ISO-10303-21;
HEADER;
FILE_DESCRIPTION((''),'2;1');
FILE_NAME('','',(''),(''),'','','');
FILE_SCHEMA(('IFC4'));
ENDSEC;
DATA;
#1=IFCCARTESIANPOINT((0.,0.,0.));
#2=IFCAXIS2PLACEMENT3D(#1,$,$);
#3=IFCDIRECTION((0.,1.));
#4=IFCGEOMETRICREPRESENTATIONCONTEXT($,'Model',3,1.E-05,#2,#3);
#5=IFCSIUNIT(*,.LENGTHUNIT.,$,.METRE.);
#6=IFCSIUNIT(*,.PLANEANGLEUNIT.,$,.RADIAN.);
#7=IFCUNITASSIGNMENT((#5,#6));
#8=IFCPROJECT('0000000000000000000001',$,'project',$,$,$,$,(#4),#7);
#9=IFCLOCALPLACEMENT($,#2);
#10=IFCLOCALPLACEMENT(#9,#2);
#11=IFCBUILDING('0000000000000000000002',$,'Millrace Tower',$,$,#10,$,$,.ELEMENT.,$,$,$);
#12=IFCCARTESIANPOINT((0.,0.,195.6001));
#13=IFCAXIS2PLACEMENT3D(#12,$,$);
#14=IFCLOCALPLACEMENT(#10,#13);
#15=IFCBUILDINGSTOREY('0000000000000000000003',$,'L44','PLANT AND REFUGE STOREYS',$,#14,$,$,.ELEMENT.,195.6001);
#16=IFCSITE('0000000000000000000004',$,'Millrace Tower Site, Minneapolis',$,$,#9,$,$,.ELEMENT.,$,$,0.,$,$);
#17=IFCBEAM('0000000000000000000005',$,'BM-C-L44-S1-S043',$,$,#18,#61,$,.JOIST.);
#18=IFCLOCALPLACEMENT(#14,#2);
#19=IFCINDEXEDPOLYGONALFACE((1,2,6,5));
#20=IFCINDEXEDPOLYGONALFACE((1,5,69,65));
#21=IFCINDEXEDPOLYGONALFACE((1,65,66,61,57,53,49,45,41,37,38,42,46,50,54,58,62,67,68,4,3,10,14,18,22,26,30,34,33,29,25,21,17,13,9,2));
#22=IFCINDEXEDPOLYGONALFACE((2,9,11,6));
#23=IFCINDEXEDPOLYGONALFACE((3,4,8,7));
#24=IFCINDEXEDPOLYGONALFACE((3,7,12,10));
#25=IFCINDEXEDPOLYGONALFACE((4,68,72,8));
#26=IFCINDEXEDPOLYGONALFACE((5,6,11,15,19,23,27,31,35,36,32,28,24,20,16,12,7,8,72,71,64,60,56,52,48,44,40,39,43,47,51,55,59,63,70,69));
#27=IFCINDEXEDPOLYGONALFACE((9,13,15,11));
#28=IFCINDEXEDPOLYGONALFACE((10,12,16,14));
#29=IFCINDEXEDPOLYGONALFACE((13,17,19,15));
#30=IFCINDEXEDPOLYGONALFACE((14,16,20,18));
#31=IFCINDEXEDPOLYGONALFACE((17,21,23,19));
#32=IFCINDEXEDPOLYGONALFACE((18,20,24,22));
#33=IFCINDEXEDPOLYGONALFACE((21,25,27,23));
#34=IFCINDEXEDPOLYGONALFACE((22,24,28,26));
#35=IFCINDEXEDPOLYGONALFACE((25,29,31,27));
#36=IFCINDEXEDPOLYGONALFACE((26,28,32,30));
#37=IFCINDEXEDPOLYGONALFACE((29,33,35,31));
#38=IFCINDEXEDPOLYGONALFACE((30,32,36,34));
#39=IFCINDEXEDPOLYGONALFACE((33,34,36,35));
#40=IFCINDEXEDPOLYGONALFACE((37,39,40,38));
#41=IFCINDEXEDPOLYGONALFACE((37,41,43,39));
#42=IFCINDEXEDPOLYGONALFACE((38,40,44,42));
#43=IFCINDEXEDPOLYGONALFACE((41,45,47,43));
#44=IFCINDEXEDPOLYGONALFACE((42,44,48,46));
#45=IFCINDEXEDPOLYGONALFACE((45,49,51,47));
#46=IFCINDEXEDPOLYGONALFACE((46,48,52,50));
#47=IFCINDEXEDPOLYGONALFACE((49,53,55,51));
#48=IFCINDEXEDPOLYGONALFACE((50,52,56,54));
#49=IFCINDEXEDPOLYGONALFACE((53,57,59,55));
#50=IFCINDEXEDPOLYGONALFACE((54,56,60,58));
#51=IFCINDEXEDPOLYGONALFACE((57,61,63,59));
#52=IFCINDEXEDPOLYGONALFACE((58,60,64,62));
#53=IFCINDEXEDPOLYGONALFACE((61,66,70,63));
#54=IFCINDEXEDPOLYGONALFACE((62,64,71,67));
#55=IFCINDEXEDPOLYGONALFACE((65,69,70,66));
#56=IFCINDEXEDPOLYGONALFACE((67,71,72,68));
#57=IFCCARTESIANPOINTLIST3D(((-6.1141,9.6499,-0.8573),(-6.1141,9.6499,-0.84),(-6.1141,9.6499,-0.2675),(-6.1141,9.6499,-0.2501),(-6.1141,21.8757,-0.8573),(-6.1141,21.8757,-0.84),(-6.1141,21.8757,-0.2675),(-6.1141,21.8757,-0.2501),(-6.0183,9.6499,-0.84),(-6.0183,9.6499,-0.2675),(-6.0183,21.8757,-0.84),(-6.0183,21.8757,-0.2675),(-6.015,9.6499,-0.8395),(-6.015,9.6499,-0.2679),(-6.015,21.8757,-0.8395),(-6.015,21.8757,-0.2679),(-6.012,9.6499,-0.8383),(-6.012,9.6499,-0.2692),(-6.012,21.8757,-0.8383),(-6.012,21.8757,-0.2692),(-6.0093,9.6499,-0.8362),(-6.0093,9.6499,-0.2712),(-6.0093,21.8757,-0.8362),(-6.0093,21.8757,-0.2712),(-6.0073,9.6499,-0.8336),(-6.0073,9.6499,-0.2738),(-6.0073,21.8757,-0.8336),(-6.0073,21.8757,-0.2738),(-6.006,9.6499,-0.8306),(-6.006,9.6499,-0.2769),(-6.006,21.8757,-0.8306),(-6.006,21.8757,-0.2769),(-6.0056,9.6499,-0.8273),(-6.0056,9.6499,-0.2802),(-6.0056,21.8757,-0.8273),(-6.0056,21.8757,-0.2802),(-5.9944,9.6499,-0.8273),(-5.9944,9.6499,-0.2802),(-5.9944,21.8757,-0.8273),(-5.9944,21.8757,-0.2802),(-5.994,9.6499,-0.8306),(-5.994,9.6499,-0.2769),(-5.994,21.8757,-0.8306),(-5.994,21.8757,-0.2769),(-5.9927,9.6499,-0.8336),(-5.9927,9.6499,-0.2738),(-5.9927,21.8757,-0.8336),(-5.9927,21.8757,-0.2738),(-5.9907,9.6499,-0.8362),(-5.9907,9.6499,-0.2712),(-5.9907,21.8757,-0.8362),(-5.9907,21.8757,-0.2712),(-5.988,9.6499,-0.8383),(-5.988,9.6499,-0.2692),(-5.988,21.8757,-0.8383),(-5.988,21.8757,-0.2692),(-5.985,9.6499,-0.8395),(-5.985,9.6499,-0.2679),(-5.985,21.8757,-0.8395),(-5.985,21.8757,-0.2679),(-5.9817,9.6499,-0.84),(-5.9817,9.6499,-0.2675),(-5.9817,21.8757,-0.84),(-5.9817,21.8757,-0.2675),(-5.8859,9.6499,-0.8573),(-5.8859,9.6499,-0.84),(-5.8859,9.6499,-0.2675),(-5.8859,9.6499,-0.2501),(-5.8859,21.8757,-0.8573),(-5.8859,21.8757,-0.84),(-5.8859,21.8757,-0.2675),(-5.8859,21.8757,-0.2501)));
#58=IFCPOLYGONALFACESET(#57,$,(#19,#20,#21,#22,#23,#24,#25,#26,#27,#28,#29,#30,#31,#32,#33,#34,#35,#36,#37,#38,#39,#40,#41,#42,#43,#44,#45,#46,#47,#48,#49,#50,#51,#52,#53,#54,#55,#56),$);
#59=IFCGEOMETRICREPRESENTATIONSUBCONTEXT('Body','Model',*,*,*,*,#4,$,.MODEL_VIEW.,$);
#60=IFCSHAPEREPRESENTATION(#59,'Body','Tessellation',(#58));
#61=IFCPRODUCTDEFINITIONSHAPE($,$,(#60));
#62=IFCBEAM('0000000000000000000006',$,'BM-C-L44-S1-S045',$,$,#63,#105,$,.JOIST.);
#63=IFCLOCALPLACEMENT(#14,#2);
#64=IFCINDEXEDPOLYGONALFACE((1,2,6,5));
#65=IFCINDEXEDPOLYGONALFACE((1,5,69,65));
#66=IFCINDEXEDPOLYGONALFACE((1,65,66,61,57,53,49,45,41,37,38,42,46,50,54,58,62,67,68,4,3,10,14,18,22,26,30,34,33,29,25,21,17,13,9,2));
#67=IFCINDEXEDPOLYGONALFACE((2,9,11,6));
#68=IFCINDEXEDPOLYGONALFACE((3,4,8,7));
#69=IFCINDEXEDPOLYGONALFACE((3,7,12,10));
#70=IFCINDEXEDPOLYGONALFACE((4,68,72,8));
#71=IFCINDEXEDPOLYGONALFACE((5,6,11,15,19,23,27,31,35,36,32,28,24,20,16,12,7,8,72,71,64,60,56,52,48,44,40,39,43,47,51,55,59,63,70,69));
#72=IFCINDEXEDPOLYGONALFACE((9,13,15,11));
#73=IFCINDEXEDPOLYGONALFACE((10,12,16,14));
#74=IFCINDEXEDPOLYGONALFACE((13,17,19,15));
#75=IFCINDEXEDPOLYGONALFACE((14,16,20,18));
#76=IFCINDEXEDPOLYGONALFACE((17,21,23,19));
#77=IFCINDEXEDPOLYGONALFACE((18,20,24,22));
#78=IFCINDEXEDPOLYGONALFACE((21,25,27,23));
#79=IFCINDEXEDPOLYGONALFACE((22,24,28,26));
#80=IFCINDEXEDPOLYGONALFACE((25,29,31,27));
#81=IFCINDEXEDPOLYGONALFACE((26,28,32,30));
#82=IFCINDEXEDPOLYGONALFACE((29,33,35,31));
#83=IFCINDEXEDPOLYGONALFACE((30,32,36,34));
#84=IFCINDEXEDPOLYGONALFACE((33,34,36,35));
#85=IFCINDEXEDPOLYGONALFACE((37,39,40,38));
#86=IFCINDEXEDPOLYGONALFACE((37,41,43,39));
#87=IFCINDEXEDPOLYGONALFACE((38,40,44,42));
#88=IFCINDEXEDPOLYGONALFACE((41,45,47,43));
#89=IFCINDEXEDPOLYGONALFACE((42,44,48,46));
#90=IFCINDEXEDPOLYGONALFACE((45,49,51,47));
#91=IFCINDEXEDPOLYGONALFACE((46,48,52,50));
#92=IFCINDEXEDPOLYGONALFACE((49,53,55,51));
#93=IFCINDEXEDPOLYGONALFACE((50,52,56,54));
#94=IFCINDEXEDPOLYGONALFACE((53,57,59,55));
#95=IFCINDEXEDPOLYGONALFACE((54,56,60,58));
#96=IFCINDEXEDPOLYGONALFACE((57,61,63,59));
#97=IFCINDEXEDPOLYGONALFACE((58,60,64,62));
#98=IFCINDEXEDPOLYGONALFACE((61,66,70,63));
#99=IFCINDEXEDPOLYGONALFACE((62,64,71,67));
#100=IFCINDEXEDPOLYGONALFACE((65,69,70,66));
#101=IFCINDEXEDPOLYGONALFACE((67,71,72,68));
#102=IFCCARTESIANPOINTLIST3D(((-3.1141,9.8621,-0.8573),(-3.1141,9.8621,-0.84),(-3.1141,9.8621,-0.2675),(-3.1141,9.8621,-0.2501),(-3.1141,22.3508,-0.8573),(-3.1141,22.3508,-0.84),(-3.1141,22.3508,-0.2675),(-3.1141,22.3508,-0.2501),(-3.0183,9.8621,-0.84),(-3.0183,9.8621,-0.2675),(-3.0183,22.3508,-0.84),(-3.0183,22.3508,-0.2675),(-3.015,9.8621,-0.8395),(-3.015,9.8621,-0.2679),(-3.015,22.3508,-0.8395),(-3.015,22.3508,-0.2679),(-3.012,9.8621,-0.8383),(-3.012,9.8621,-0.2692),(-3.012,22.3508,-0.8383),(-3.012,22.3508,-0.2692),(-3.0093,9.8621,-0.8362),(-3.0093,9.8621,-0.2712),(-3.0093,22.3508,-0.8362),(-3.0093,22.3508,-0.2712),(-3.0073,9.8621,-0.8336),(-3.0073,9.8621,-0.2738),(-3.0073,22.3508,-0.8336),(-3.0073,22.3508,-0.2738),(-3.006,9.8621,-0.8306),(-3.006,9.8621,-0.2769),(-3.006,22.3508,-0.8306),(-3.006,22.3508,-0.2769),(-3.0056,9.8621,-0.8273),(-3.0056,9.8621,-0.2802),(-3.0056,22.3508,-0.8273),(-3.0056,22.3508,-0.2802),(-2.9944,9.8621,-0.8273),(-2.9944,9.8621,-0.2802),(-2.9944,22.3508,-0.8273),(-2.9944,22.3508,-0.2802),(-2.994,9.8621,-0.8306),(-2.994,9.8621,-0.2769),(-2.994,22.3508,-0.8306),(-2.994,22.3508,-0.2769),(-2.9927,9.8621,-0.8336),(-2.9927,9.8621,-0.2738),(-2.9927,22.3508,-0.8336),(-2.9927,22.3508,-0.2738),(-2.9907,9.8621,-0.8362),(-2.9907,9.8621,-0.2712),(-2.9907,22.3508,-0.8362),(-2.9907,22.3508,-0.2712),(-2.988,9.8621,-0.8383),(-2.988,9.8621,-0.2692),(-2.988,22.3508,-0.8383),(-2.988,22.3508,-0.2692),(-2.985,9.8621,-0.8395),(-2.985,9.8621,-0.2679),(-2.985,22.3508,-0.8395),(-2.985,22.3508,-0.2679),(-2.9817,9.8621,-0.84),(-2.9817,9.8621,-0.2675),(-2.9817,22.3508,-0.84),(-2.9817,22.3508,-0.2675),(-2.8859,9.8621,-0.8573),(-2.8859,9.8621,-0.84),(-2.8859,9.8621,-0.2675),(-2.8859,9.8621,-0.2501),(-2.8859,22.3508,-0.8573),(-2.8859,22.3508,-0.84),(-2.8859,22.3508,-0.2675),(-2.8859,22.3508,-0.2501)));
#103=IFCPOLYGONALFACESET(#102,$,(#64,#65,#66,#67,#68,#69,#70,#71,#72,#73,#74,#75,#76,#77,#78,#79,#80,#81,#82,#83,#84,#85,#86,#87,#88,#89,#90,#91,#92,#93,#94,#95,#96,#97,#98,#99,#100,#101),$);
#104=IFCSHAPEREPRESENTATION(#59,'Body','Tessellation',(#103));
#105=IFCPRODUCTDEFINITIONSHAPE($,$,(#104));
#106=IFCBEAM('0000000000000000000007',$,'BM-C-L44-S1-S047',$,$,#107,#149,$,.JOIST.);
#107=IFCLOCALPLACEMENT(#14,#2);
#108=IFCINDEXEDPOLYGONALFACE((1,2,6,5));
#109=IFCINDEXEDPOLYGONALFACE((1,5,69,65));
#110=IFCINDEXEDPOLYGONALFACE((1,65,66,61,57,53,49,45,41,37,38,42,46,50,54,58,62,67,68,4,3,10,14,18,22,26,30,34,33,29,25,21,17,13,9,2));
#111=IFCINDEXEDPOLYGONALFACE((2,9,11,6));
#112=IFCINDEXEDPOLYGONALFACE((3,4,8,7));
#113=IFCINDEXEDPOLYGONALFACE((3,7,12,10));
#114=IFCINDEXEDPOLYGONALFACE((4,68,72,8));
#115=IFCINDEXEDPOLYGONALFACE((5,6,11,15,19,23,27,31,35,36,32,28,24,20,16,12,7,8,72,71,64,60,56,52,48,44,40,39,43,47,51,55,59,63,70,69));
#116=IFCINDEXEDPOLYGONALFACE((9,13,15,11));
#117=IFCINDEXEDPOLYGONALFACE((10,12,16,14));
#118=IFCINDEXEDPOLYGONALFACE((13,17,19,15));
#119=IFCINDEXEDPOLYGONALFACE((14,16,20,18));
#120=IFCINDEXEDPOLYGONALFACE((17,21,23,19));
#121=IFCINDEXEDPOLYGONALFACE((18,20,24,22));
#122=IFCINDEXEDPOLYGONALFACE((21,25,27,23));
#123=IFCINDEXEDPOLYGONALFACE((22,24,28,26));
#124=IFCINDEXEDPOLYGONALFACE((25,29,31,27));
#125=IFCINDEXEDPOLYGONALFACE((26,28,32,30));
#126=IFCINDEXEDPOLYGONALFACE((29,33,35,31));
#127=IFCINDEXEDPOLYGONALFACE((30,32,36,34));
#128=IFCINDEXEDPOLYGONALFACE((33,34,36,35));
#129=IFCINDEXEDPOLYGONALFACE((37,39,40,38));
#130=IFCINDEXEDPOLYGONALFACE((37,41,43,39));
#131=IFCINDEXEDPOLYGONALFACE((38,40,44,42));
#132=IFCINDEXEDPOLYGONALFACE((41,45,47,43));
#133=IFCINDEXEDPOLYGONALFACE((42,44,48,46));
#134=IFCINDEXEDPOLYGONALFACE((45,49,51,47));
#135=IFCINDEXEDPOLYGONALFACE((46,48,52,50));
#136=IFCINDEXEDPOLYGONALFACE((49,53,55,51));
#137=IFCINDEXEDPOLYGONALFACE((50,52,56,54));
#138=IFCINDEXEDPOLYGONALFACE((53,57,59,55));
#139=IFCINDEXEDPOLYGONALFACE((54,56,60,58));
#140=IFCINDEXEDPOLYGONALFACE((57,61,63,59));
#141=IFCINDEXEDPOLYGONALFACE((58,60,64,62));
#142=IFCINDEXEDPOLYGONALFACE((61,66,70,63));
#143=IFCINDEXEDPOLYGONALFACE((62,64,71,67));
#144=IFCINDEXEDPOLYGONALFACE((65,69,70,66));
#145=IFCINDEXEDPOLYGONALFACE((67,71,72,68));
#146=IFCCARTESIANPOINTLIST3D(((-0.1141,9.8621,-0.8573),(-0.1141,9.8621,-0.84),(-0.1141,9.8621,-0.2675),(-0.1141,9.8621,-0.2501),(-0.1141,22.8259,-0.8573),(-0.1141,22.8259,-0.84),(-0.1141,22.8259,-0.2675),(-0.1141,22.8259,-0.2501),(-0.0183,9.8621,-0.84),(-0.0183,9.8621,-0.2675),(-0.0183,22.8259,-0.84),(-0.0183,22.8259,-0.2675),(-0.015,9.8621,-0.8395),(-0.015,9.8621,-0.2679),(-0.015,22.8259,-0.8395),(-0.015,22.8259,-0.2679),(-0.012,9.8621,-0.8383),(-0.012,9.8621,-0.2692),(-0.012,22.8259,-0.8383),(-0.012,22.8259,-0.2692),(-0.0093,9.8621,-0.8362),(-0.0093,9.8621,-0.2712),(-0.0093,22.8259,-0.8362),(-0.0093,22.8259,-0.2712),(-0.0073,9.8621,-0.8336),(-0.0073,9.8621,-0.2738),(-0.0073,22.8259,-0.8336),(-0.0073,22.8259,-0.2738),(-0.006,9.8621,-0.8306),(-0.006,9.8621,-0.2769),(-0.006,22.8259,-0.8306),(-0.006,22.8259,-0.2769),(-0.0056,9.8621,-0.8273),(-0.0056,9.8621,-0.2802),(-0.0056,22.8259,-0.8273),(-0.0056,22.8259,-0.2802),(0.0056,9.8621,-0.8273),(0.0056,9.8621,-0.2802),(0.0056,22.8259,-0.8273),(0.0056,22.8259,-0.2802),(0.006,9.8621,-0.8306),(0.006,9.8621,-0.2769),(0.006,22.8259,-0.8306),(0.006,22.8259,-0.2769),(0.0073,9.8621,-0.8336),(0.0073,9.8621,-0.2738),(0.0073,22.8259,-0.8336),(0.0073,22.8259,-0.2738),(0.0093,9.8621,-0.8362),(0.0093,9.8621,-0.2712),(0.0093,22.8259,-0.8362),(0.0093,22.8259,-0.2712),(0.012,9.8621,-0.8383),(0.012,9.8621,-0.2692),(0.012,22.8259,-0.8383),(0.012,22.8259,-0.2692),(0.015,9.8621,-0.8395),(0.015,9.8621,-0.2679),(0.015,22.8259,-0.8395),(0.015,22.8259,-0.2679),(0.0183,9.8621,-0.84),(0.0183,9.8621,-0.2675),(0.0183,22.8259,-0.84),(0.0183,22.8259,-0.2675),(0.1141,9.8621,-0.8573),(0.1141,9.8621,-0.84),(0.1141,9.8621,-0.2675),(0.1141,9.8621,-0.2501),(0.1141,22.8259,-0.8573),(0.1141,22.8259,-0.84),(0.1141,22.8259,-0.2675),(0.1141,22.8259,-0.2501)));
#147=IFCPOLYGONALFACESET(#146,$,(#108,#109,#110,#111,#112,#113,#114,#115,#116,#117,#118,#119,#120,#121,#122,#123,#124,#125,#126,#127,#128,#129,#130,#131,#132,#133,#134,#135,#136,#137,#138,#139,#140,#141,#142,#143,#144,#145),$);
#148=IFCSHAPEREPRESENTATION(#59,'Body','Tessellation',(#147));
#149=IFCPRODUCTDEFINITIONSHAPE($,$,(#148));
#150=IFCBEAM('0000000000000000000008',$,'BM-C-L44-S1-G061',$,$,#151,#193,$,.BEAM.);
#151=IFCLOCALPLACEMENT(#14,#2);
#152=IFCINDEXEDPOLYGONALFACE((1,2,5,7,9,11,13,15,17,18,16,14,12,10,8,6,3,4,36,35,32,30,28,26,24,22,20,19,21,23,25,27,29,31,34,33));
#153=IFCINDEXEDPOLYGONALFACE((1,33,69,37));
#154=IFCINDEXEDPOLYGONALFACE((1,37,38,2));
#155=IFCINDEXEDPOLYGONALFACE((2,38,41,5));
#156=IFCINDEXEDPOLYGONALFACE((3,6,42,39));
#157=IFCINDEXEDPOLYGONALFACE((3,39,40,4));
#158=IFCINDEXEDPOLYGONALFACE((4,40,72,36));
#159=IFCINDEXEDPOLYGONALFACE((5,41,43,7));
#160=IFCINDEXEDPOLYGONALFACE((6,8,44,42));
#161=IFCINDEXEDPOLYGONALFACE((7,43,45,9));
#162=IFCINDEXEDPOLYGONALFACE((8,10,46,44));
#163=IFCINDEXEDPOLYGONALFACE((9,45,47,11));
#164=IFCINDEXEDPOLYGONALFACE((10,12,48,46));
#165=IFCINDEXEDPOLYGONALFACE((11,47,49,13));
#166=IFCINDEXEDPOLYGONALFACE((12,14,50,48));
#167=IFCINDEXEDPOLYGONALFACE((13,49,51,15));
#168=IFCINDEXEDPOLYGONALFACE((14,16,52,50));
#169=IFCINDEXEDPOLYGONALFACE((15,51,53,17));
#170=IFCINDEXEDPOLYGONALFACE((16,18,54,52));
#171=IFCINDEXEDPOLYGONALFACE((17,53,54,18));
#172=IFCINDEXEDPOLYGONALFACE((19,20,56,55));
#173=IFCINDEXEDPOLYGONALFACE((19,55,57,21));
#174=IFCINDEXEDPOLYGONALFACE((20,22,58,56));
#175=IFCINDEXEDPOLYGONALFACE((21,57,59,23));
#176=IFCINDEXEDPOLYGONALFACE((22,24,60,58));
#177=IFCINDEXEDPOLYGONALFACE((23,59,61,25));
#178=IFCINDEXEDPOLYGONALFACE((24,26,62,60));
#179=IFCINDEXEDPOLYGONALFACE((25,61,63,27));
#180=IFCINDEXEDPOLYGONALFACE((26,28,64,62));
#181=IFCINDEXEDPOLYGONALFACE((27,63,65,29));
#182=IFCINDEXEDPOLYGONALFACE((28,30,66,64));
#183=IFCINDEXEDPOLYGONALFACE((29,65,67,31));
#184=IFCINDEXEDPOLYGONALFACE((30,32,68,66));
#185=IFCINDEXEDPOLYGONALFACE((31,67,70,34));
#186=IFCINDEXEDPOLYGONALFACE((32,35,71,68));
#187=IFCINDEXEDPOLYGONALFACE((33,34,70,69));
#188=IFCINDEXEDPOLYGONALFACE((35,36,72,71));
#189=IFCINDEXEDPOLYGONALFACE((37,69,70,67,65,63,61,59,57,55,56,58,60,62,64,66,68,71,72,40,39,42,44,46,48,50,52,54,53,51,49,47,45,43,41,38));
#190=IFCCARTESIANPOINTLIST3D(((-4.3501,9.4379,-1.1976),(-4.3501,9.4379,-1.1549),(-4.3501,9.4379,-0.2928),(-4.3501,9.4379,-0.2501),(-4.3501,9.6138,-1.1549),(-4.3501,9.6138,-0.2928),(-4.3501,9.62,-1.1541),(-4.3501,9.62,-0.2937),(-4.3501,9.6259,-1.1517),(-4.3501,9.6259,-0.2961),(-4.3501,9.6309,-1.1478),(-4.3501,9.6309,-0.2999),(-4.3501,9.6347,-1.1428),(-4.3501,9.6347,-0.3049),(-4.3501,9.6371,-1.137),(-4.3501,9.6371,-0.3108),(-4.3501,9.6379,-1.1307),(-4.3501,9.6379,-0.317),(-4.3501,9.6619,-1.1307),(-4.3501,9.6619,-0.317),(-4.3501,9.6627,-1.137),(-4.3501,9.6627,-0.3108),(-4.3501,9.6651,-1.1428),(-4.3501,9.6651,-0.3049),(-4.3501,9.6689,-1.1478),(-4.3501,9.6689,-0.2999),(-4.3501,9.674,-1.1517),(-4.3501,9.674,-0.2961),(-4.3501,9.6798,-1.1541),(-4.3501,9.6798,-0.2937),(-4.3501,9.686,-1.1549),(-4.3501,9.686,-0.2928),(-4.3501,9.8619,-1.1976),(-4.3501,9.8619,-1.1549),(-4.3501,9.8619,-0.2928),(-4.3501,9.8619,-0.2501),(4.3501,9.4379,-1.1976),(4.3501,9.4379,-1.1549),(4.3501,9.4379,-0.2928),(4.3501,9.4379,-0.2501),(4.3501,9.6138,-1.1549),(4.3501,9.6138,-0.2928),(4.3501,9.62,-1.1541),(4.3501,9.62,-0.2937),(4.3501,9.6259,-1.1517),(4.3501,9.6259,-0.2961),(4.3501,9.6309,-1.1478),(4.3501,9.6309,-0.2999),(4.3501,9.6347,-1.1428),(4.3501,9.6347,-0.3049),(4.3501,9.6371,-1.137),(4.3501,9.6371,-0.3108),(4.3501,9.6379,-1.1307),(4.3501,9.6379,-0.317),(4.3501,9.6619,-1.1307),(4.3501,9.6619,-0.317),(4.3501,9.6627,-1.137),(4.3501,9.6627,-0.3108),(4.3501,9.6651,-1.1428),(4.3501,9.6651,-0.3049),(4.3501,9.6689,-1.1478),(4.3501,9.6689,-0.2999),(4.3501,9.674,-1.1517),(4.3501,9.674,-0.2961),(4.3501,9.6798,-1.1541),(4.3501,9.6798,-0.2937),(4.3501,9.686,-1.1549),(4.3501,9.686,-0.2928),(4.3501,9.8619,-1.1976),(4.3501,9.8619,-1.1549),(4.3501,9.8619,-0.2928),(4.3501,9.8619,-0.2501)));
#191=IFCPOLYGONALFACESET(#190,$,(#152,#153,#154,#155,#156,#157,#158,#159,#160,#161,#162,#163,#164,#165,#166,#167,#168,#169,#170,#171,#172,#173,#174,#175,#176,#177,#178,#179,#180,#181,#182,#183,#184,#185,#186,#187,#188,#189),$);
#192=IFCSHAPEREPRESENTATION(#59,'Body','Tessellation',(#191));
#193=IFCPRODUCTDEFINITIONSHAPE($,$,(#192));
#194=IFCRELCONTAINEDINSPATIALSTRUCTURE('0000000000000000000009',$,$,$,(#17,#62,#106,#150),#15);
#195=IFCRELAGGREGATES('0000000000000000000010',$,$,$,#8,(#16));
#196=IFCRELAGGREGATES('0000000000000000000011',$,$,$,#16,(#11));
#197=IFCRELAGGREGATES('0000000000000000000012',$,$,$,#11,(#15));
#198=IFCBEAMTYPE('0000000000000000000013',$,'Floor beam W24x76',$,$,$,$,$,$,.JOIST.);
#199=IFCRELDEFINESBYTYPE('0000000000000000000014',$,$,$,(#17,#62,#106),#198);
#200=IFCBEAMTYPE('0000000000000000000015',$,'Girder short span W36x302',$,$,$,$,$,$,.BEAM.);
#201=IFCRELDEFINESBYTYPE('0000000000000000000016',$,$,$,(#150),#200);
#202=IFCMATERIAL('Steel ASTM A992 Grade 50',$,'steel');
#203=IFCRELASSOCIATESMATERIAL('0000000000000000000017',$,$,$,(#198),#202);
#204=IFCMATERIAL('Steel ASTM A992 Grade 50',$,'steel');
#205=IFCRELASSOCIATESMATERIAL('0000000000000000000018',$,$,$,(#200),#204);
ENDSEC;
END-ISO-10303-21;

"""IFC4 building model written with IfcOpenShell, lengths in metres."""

from ifc_helpers import new_model, si_unit, direction, frame, origin, origin_2d, place, context, subcontext, project, spatial, i_section, extrude, material, material_profile, profile_set, type_object, element, save


model = new_model("IFC4")

# Units and contexts
model_context = context("Model", 3, precision=1e-05, world=origin(), true_north=direction((0.0, 1.0)))
body_context = subcontext(model_context, "Body", "Model", "MODEL_VIEW")
ifc_project = project(units=[si_unit("LENGTHUNIT", "METRE"), si_unit("PLANEANGLEUNIT", "RADIAN")], contexts=[model_context])

# Site, building, storey
site_placement = place(None, origin())
site = spatial("IfcSite", under=ifc_project, at=site_placement, Name="Millrace Tower Site, Minneapolis", CompositionType="ELEMENT", RefElevation=0.0)
building_placement = place(site_placement, origin())
building = spatial("IfcBuilding", under=site, at=building_placement, Name="Millrace Tower", CompositionType="ELEMENT")
storey_placement = place(building_placement, frame((0.0, 0.0, 195.6001)))
storey = spatial("IfcBuildingStorey", under=building, at=storey_placement, Name="L44", Description="PLANT AND REFUGE STOREYS", CompositionType="ELEMENT", Elevation=195.6001)

# Beams
ifc_material_1 = material(Name="Steel ASTM A992 Grade 50", Category="steel")
ifc_material_profile_1 = material_profile(ifc_material_1, i_section(OverallWidth=0.2283, OverallDepth=0.6072, WebThickness=0.0112, FlangeThickness=0.0173, FilletRadius=0.0127, at=origin_2d()))
ifc_profile_set_1 = profile_set([ifc_material_profile_1], Name="Steel ASTM A992 Grade 50")
beam_type_1 = type_object("IfcBeamType", Name="Floor beam W24x76", PredefinedType="JOIST", material=ifc_profile_set_1)
beam_1_placement = place(storey_placement, frame((-6.0, 9.6499, -0.5537), z_axis=(0.0, 1.0, 0.0), x_axis=(-1.0, 0.0, 0.0)))
element("IfcBeam", 1, at=beam_1_placement, inside=storey, type_object=beam_type_1, Name="BM-C-L44-S1-S043", PredefinedType="JOIST", context=body_context, shape_type="SweptSolid", body=[
    extrude(i_section(OverallWidth=0.2283, OverallDepth=0.6072, WebThickness=0.0112, FlangeThickness=0.0173, FilletRadius=0.0127, at=origin_2d()), origin(), (0.0, 0.0, 1.0), 12.2258),
])
beam_2_placement = place(storey_placement, frame((-3.0, 9.8621, -0.5537), z_axis=(0.0, 1.0, 0.0), x_axis=(-1.0, 0.0, 0.0)))
element("IfcBeam", 2, at=beam_2_placement, inside=storey, type_object=beam_type_1, Name="BM-C-L44-S1-S045", PredefinedType="JOIST", context=body_context, shape_type="SweptSolid", body=[
    extrude(i_section(OverallWidth=0.2283, OverallDepth=0.6072, WebThickness=0.0112, FlangeThickness=0.0173, FilletRadius=0.0127, at=origin_2d()), origin(), (0.0, 0.0, 1.0), 12.4888),
])
beam_3_placement = place(storey_placement, frame((0.0, 9.8621, -0.5537), z_axis=(0.0, 1.0, 0.0), x_axis=(-1.0, 0.0, 0.0)))
element("IfcBeam", 3, at=beam_3_placement, inside=storey, type_object=beam_type_1, Name="BM-C-L44-S1-S047", PredefinedType="JOIST", context=body_context, shape_type="SweptSolid", body=[
    extrude(i_section(OverallWidth=0.2283, OverallDepth=0.6072, WebThickness=0.0112, FlangeThickness=0.0173, FilletRadius=0.0127, at=origin_2d()), origin(), (0.0, 0.0, 1.0), 12.9639),
])
ifc_material_2 = material(Name="Steel ASTM A992 Grade 50", Category="steel")
ifc_material_profile_2 = material_profile(ifc_material_2, i_section(OverallWidth=0.4241, OverallDepth=0.9475, WebThickness=0.0239, FlangeThickness=0.0427, FilletRadius=0.0242, at=origin_2d()))
ifc_profile_set_2 = profile_set([ifc_material_profile_2], Name="Steel ASTM A992 Grade 50")
beam_type_2 = type_object("IfcBeamType", Name="Girder short span W36x302", PredefinedType="BEAM", material=ifc_profile_set_2)
beam_4_placement = place(storey_placement, frame((-4.3501, 9.6499, -0.7239), z_axis=(1.0, 0.0, 0.0), x_axis=(0.0, 1.0, 0.0)))
element("IfcBeam", 4, at=beam_4_placement, inside=storey, type_object=beam_type_2, Name="BM-C-L44-S1-G061", PredefinedType="BEAM", context=body_context, shape_type="SweptSolid", body=[
    extrude(i_section(OverallWidth=0.4241, OverallDepth=0.9475, WebThickness=0.0239, FlangeThickness=0.0427, FilletRadius=0.0242, at=origin_2d()), origin(), (0.0, 0.0, 1.0), 8.7002),
])

save(model, "model.ifc")
